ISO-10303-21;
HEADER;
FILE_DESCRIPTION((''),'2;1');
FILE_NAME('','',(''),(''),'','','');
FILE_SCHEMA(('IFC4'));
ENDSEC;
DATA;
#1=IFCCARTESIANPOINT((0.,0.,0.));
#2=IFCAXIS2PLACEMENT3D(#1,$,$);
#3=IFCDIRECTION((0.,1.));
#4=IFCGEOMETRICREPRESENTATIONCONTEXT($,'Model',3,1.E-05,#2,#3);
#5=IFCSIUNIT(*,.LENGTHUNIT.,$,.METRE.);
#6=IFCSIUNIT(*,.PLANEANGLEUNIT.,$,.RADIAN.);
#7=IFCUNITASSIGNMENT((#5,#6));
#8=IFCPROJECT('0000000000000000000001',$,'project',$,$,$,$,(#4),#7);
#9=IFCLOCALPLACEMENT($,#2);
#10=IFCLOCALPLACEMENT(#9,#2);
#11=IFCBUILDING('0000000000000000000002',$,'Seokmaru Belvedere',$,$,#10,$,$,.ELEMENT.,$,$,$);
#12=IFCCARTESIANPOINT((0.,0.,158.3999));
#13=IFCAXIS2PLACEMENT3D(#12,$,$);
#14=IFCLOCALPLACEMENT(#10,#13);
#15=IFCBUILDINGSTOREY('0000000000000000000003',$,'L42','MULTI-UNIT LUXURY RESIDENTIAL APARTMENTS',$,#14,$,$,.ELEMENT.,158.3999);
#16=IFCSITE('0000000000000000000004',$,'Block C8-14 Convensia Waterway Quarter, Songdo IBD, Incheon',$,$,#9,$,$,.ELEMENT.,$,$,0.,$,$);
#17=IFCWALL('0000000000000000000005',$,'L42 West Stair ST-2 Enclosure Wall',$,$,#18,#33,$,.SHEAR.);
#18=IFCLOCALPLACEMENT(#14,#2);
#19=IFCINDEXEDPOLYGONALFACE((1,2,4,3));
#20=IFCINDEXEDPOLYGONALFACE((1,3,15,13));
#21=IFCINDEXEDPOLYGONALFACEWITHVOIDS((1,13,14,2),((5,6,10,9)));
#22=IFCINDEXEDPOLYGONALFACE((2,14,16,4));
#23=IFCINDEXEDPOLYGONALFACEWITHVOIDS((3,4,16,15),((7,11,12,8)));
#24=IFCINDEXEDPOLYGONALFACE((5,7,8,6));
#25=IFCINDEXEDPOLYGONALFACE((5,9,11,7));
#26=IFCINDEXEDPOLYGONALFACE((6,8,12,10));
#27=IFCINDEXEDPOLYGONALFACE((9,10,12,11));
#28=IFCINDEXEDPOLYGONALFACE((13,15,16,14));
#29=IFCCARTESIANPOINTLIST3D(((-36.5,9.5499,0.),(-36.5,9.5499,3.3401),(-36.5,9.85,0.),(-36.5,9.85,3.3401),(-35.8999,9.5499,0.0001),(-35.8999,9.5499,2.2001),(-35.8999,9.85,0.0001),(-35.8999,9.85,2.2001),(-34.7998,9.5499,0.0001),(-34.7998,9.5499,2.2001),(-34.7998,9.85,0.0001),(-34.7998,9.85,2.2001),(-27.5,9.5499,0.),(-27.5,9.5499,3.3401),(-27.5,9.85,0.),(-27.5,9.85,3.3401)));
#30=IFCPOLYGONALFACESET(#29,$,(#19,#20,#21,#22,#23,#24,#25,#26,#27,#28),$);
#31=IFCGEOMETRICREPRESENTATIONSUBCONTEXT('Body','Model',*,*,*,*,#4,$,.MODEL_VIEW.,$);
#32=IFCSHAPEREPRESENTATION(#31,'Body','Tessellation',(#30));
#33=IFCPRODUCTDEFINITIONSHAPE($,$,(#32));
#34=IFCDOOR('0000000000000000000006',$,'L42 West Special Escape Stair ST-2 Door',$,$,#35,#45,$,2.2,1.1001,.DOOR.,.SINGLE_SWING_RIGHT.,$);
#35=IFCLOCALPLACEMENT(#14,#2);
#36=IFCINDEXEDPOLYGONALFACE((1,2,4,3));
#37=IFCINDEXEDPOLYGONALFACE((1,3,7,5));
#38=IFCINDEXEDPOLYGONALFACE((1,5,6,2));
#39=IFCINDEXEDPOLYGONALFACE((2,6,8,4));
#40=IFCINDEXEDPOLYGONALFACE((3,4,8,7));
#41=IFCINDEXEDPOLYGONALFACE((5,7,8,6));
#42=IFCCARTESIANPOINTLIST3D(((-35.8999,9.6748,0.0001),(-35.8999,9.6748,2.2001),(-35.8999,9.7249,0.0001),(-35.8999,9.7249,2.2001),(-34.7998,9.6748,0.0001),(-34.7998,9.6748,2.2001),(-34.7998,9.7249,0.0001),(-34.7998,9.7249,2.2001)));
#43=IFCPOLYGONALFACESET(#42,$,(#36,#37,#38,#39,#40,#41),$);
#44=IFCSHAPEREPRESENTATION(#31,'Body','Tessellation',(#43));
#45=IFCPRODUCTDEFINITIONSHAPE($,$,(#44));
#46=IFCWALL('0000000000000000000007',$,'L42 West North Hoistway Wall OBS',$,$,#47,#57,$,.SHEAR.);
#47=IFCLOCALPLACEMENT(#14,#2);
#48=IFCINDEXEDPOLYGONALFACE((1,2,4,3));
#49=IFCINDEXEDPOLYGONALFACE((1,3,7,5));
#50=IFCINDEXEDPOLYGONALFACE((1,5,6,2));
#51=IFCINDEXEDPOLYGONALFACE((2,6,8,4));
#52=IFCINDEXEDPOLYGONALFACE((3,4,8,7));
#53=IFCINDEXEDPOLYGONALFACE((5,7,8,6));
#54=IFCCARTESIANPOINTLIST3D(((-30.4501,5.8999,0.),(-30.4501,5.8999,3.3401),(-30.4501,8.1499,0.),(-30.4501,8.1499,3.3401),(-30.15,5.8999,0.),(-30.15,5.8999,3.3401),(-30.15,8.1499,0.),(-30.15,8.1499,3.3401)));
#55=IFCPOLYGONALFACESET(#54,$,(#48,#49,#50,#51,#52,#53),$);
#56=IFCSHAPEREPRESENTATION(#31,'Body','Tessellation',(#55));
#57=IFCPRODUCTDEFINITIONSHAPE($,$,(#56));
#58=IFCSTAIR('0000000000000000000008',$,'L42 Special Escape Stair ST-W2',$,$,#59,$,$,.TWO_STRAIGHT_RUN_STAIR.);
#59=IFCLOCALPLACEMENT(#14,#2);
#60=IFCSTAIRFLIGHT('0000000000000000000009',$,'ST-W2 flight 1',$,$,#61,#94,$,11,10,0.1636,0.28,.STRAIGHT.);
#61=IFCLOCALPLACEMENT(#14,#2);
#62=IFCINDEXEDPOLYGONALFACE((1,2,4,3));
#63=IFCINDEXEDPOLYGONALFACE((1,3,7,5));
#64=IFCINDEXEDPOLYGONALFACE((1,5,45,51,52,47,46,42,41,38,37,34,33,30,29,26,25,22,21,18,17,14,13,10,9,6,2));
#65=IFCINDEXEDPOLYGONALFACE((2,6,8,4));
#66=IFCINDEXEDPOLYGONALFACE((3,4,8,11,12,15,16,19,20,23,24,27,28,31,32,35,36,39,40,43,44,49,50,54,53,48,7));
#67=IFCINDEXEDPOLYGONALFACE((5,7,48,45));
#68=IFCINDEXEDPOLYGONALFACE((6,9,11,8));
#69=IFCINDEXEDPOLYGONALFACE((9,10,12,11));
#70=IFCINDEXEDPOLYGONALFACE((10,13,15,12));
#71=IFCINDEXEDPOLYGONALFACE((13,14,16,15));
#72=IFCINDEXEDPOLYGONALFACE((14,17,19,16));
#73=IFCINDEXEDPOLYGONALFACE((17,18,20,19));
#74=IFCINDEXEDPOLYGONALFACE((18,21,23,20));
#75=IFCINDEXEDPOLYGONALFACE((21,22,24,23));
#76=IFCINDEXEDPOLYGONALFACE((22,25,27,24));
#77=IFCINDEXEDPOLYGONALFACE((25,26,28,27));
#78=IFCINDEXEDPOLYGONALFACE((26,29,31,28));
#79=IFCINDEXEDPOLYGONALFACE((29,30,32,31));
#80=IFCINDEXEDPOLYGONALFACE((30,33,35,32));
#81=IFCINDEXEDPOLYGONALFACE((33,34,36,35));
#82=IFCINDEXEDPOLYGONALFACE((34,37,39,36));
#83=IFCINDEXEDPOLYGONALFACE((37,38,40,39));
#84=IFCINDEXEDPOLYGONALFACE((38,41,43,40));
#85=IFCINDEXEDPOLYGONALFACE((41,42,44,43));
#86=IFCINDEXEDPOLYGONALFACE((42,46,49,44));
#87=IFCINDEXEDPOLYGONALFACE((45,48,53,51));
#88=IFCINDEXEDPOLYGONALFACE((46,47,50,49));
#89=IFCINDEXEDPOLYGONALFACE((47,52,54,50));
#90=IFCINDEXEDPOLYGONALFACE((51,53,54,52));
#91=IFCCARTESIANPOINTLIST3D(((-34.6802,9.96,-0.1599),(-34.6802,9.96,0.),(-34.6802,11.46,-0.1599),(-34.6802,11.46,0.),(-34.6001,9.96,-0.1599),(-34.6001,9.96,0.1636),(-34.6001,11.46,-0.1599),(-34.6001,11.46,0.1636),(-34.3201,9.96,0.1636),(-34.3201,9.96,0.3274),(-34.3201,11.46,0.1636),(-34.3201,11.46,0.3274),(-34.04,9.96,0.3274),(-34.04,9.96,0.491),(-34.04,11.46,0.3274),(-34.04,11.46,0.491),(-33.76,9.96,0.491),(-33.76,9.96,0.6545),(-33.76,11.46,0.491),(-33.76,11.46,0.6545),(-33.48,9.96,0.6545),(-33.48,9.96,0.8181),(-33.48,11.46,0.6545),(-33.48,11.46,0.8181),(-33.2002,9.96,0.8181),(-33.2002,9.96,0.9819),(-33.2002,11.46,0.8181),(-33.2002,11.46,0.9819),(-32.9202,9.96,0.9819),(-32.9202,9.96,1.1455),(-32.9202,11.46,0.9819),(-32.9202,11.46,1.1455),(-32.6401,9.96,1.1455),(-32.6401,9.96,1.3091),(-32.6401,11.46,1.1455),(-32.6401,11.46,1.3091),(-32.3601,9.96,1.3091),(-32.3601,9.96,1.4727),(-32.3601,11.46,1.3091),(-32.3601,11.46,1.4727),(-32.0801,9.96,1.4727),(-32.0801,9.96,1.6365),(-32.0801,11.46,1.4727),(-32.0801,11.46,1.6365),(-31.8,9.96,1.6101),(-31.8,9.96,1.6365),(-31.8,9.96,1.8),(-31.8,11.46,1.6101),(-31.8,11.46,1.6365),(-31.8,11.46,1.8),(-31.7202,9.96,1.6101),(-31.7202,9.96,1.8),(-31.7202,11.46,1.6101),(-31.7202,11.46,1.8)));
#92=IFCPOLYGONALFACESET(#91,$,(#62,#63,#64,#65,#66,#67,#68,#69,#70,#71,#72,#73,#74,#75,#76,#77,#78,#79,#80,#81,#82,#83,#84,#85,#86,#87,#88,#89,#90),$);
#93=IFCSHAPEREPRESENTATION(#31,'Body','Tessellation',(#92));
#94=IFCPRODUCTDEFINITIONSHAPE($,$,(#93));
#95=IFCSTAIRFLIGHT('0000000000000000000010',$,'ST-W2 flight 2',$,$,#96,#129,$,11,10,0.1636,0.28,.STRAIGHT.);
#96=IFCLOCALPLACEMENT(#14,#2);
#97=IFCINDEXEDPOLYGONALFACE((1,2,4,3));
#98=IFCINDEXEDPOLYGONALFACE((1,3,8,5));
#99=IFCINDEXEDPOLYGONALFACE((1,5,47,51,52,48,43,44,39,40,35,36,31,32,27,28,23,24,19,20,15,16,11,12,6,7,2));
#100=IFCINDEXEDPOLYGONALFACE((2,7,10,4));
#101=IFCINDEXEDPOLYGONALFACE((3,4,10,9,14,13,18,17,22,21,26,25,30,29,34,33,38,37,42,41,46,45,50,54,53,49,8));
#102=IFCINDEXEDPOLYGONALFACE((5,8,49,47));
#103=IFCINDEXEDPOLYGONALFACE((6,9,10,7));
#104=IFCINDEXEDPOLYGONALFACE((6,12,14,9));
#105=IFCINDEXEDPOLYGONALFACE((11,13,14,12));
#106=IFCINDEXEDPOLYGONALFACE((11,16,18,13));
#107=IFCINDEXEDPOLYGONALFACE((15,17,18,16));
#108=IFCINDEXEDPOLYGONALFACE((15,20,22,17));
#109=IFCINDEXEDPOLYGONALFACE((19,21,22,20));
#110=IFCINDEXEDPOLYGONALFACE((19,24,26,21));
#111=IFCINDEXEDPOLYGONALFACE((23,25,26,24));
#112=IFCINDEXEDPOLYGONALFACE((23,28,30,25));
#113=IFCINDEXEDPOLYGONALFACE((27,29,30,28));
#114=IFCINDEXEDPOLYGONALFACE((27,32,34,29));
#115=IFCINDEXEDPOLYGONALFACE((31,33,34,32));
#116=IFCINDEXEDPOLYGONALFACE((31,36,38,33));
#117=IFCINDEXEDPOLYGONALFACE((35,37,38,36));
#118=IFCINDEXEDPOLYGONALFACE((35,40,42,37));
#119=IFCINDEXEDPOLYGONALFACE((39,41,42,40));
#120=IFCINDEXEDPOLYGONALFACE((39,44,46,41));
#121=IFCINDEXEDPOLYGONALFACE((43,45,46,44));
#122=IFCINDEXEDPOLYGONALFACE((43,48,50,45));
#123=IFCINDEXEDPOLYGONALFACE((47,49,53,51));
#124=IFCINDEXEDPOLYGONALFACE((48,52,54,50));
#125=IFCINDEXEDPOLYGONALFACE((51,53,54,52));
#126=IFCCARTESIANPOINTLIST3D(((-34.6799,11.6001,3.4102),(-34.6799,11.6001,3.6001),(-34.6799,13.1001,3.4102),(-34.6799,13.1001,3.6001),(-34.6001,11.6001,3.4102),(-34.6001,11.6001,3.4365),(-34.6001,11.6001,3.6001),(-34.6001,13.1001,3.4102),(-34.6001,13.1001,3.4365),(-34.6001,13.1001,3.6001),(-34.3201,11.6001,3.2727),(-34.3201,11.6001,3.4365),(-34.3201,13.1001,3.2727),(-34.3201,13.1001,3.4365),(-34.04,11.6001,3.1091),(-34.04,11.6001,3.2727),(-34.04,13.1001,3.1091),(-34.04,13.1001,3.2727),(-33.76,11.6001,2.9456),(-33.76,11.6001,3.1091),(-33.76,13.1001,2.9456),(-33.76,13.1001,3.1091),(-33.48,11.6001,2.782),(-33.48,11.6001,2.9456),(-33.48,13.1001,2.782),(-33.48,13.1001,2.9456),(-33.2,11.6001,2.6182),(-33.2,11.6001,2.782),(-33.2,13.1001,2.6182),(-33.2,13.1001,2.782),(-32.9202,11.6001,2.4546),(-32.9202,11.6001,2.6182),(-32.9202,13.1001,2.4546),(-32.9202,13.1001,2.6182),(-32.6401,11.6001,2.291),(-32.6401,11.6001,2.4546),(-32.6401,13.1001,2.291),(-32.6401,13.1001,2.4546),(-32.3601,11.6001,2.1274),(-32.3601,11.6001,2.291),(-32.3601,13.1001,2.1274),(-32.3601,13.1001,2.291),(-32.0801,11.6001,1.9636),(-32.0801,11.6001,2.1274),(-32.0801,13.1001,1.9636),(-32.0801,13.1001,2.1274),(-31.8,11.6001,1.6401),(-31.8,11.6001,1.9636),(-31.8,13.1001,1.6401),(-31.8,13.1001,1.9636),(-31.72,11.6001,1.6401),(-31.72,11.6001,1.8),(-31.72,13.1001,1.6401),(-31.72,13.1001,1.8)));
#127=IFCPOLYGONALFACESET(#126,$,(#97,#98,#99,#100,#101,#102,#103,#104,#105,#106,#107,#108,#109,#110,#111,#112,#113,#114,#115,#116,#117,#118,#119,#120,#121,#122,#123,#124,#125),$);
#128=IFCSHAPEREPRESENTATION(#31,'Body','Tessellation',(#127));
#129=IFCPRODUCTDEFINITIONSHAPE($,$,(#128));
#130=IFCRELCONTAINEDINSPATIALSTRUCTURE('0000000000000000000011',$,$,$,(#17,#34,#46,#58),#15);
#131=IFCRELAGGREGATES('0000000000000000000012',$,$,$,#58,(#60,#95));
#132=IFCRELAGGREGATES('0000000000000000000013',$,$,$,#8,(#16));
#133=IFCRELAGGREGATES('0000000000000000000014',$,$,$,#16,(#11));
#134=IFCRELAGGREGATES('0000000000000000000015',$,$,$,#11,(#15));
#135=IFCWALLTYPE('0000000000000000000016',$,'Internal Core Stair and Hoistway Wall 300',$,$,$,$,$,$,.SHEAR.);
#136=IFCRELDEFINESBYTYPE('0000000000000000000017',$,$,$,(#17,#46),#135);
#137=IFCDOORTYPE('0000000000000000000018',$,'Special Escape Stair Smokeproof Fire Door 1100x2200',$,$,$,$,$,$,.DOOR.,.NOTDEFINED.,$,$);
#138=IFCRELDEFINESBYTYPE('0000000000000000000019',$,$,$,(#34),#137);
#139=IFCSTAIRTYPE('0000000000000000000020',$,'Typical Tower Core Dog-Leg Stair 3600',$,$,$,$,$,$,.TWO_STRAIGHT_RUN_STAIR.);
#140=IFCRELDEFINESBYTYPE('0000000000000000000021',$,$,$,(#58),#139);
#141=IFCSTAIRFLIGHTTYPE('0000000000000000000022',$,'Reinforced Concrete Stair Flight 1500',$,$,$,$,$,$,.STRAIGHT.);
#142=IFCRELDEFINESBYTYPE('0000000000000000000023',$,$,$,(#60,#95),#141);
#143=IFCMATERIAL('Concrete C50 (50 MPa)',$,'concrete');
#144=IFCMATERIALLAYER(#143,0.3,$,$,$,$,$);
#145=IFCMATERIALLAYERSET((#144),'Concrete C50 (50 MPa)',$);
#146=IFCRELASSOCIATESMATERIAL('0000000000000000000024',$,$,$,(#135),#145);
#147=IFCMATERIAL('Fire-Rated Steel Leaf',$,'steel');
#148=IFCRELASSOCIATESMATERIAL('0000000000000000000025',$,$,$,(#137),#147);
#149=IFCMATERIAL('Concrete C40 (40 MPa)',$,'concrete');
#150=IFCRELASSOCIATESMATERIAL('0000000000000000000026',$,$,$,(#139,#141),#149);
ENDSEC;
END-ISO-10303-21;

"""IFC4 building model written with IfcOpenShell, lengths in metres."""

from ifc_helpers import new_model, si_unit, direction, frame, frame_2d, origin, place, context, subcontext, project, spatial, polyline, rectangle, outline, extrude, source, transform, mapped, material, layer, layer_set, type_object, type_shapes, element, fill, aggregate, save


model = new_model("IFC4")

# Units and contexts
model_context = context("Model", 3, precision=1e-05, world=origin(), true_north=direction((0.0, 1.0)))
body_context = subcontext(model_context, "Body", "Model", "MODEL_VIEW")
ifc_project = project(units=[si_unit("LENGTHUNIT", "METRE"), si_unit("PLANEANGLEUNIT", "RADIAN")], contexts=[model_context])

# Site, building, storey
site_placement = place(None, origin())
site = spatial("IfcSite", under=ifc_project, at=site_placement, Name="Block C8-14 Convensia Waterway Quarter, Songdo IBD, Incheon", CompositionType="ELEMENT", RefElevation=0.0)
building_placement = place(site_placement, origin())
building = spatial("IfcBuilding", under=site, at=building_placement, Name="Seokmaru Belvedere", CompositionType="ELEMENT")
storey_placement = place(building_placement, frame((0.0, 0.0, 158.3999)))
storey = spatial("IfcBuildingStorey", under=building, at=storey_placement, Name="L42", Description="MULTI-UNIT LUXURY RESIDENTIAL APARTMENTS", CompositionType="ELEMENT", Elevation=158.3999)

# Shared definitions
ifc_material_1 = material(Name="Concrete C50 (50 MPa)", Category="concrete")

# Wall, opening, door
ifc_layer_1 = layer(ifc_material_1, 0.3)
ifc_layer_set_1 = layer_set([ifc_layer_1], Name="Concrete C50 (50 MPa)")
wall_type_1 = type_object("IfcWallType", Name="Internal Core Stair and Hoistway Wall 300", PredefinedType="SHEAR", material=ifc_layer_set_1)
wall_1_placement = place(storey_placement, frame((-36.5, 9.7, 0.0), z_axis=(0.0, 0.0, 1.0), x_axis=(1.0, 0.0, 0.0)))
wall_1 = element("IfcWall", 1, at=wall_1_placement, inside=storey, type_object=wall_type_1, Name="L42 West Stair ST-2 Enclosure Wall", PredefinedType="SHEAR", context=body_context, shape_type="SweptSolid", body=[
    extrude(rectangle(XDim=9.0, YDim=0.3, at=frame_2d((4.5, 0.0))), origin(), (0.0, 0.0, 1.0), 3.3401),
])
opening_1_placement = place(wall_1_placement, frame((0.6001, 0.0, 0.0)))
opening_1 = element("IfcOpeningElement", 2, at=opening_1_placement, cuts=wall_1, PredefinedType="OPENING", context=body_context, shape_type="SweptSolid", body=[
    extrude(rectangle(XDim=1.1001, YDim=2.2, at=frame_2d((0.55, 1.1001))), frame((0.0, 0.1602, 0.0), z_axis=(0.0, -1.0, 0.0), x_axis=(1.0, 0.0, 0.0)), (0.0, 0.0, 1.0), 0.3201),
])
ifc_material_2 = material(Name="Fire-Rated Steel Leaf", Category="steel")
door_type_1 = type_object("IfcDoorType", Name="Special Escape Stair Smokeproof Fire Door 1100x2200", OperationType="NOTDEFINED", PredefinedType="DOOR", material=ifc_material_2)
shared_shape_1 = source(origin(), body_context, "Body", "SweptSolid", [
    extrude(rectangle(XDim=1.1001, YDim=2.2, at=frame_2d((0.55, 1.1001))), frame((0.0, 0.0249, 0.0), z_axis=(0.0, -1.0, 0.0), x_axis=(1.0, 0.0, 0.0)), (0.0, 0.0, 1.0), 0.05),
])
type_shapes(door_type_1, [shared_shape_1])
door_1_placement = place(opening_1_placement, origin())
door_1 = element("IfcDoor", 3, at=door_1_placement, inside=storey, type_object=door_type_1, Name="L42 West Special Escape Stair ST-2 Door", OperationType="SINGLE_SWING_RIGHT", OverallHeight=2.2, OverallWidth=1.1001, PredefinedType="DOOR", context=body_context, shape_type="MappedRepresentation", body=[
    mapped(shared_shape_1, transform((0.0, 0.0, 0.0), scale=1.0)),
])
fill(opening_1, door_1)

# Wall
wall_2_placement = place(storey_placement, frame((-30.3, 5.8999, 0.0), z_axis=(0.0, 0.0, 1.0), x_axis=(0.0, 1.0, 0.0)))
element("IfcWall", 4, at=wall_2_placement, inside=storey, type_object=wall_type_1, Name="L42 West North Hoistway Wall OBS", PredefinedType="SHEAR", context=body_context, shape_type="SweptSolid", body=[
    extrude(rectangle(XDim=2.25, YDim=0.3, at=frame_2d((1.125, 0.0))), origin(), (0.0, 0.0, 1.0), 3.3401),
])

# Stair, stair flights
ifc_material_3 = material(Name="Concrete C40 (40 MPa)", Category="concrete")
stair_type = type_object("IfcStairType", Name="Typical Tower Core Dog-Leg Stair 3600", PredefinedType="TWO_STRAIGHT_RUN_STAIR", material=ifc_material_3)
stair_placement = place(storey_placement, origin())
stair = element("IfcStair", 5, at=stair_placement, inside=storey, type_object=stair_type, Name="L42 Special Escape Stair ST-W2", PredefinedType="TWO_STRAIGHT_RUN_STAIR")
stair_flight_type = type_object("IfcStairFlightType", Name="Reinforced Concrete Stair Flight 1500", PredefinedType="STRAIGHT", material=ifc_material_3)
stair_flight_1_placement = place(storey_placement, frame((-34.6001, 10.71, 0.0), z_axis=(0.0, 0.0, 1.0), x_axis=(1.0, 0.0, 0.0)))
stair_flight_1 = element("IfcStairFlight", 6, at=stair_flight_1_placement, type_object=stair_flight_type, Name="ST-W2 flight 1", NumberOfRisers=11, NumberOfTreads=10, PredefinedType="STRAIGHT", RiserHeight=0.1636, TreadLength=0.28, context=body_context, shape_type="SweptSolid", body=[
    extrude(outline(polyline([(-0.0801, 0.0), (0.0, 0.1636), (0.28, 0.1636), (0.28, 0.3274), (0.5601, 0.3274), (0.5601, 0.491), (0.8401, 0.491), (0.8401, 0.6545), (1.1201, 0.6545), (1.1201, 0.8181), (1.3999, 0.8181), (1.3999, 0.9819), (1.6799, 0.9819), (1.6799, 1.1455), (1.96, 1.1455), (1.96, 1.3091), (2.24, 1.3091), (2.24, 1.4727), (2.52, 1.4727), (2.52, 1.6365), (2.8, 1.6365), (2.8, 1.8), (2.8799, 1.8), (2.8799, 1.6101), (2.8, 1.6101), (0.0, -0.1599), (-0.0801, -0.1599), (-0.0801, 0.0)])), frame((0.0, 0.75, 0.0), z_axis=(0.0, -1.0, 0.0), x_axis=(1.0, 0.0, 0.0)), (0.0, 0.0, 1.0), 1.5),
])
stair_flight_2_placement = place(storey_placement, frame((-31.8, 12.3501, 1.8), z_axis=(0.0, 0.0, 1.0), x_axis=(-1.0, 0.0, 0.0)))
stair_flight_2 = element("IfcStairFlight", 7, at=stair_flight_2_placement, type_object=stair_flight_type, Name="ST-W2 flight 2", NumberOfRisers=11, NumberOfTreads=10, PredefinedType="STRAIGHT", RiserHeight=0.1636, TreadLength=0.28, context=body_context, shape_type="SweptSolid", body=[
    extrude(outline(polyline([(-0.0801, 0.0), (0.0, 0.1636), (0.28, 0.1636), (0.28, 0.3274), (0.5601, 0.3274), (0.5601, 0.491), (0.8401, 0.491), (0.8401, 0.6545), (1.1201, 0.6545), (1.1201, 0.8181), (1.3999, 0.8181), (1.3999, 0.9819), (1.6799, 0.9819), (1.6799, 1.1455), (1.96, 1.1455), (1.96, 1.3091), (2.24, 1.3091), (2.24, 1.4727), (2.52, 1.4727), (2.52, 1.6365), (2.8, 1.6365), (2.8, 1.8), (2.8799, 1.8), (2.8799, 1.6101), (2.8, 1.6101), (0.0, -0.1599), (-0.0801, -0.1599), (-0.0801, 0.0)])), frame((0.0, 0.75, 0.0), z_axis=(0.0, -1.0, 0.0), x_axis=(1.0, 0.0, 0.0)), (0.0, 0.0, 1.0), 1.5),
])
aggregate(stair, [stair_flight_1, stair_flight_2])

save(model, "model.ifc")
